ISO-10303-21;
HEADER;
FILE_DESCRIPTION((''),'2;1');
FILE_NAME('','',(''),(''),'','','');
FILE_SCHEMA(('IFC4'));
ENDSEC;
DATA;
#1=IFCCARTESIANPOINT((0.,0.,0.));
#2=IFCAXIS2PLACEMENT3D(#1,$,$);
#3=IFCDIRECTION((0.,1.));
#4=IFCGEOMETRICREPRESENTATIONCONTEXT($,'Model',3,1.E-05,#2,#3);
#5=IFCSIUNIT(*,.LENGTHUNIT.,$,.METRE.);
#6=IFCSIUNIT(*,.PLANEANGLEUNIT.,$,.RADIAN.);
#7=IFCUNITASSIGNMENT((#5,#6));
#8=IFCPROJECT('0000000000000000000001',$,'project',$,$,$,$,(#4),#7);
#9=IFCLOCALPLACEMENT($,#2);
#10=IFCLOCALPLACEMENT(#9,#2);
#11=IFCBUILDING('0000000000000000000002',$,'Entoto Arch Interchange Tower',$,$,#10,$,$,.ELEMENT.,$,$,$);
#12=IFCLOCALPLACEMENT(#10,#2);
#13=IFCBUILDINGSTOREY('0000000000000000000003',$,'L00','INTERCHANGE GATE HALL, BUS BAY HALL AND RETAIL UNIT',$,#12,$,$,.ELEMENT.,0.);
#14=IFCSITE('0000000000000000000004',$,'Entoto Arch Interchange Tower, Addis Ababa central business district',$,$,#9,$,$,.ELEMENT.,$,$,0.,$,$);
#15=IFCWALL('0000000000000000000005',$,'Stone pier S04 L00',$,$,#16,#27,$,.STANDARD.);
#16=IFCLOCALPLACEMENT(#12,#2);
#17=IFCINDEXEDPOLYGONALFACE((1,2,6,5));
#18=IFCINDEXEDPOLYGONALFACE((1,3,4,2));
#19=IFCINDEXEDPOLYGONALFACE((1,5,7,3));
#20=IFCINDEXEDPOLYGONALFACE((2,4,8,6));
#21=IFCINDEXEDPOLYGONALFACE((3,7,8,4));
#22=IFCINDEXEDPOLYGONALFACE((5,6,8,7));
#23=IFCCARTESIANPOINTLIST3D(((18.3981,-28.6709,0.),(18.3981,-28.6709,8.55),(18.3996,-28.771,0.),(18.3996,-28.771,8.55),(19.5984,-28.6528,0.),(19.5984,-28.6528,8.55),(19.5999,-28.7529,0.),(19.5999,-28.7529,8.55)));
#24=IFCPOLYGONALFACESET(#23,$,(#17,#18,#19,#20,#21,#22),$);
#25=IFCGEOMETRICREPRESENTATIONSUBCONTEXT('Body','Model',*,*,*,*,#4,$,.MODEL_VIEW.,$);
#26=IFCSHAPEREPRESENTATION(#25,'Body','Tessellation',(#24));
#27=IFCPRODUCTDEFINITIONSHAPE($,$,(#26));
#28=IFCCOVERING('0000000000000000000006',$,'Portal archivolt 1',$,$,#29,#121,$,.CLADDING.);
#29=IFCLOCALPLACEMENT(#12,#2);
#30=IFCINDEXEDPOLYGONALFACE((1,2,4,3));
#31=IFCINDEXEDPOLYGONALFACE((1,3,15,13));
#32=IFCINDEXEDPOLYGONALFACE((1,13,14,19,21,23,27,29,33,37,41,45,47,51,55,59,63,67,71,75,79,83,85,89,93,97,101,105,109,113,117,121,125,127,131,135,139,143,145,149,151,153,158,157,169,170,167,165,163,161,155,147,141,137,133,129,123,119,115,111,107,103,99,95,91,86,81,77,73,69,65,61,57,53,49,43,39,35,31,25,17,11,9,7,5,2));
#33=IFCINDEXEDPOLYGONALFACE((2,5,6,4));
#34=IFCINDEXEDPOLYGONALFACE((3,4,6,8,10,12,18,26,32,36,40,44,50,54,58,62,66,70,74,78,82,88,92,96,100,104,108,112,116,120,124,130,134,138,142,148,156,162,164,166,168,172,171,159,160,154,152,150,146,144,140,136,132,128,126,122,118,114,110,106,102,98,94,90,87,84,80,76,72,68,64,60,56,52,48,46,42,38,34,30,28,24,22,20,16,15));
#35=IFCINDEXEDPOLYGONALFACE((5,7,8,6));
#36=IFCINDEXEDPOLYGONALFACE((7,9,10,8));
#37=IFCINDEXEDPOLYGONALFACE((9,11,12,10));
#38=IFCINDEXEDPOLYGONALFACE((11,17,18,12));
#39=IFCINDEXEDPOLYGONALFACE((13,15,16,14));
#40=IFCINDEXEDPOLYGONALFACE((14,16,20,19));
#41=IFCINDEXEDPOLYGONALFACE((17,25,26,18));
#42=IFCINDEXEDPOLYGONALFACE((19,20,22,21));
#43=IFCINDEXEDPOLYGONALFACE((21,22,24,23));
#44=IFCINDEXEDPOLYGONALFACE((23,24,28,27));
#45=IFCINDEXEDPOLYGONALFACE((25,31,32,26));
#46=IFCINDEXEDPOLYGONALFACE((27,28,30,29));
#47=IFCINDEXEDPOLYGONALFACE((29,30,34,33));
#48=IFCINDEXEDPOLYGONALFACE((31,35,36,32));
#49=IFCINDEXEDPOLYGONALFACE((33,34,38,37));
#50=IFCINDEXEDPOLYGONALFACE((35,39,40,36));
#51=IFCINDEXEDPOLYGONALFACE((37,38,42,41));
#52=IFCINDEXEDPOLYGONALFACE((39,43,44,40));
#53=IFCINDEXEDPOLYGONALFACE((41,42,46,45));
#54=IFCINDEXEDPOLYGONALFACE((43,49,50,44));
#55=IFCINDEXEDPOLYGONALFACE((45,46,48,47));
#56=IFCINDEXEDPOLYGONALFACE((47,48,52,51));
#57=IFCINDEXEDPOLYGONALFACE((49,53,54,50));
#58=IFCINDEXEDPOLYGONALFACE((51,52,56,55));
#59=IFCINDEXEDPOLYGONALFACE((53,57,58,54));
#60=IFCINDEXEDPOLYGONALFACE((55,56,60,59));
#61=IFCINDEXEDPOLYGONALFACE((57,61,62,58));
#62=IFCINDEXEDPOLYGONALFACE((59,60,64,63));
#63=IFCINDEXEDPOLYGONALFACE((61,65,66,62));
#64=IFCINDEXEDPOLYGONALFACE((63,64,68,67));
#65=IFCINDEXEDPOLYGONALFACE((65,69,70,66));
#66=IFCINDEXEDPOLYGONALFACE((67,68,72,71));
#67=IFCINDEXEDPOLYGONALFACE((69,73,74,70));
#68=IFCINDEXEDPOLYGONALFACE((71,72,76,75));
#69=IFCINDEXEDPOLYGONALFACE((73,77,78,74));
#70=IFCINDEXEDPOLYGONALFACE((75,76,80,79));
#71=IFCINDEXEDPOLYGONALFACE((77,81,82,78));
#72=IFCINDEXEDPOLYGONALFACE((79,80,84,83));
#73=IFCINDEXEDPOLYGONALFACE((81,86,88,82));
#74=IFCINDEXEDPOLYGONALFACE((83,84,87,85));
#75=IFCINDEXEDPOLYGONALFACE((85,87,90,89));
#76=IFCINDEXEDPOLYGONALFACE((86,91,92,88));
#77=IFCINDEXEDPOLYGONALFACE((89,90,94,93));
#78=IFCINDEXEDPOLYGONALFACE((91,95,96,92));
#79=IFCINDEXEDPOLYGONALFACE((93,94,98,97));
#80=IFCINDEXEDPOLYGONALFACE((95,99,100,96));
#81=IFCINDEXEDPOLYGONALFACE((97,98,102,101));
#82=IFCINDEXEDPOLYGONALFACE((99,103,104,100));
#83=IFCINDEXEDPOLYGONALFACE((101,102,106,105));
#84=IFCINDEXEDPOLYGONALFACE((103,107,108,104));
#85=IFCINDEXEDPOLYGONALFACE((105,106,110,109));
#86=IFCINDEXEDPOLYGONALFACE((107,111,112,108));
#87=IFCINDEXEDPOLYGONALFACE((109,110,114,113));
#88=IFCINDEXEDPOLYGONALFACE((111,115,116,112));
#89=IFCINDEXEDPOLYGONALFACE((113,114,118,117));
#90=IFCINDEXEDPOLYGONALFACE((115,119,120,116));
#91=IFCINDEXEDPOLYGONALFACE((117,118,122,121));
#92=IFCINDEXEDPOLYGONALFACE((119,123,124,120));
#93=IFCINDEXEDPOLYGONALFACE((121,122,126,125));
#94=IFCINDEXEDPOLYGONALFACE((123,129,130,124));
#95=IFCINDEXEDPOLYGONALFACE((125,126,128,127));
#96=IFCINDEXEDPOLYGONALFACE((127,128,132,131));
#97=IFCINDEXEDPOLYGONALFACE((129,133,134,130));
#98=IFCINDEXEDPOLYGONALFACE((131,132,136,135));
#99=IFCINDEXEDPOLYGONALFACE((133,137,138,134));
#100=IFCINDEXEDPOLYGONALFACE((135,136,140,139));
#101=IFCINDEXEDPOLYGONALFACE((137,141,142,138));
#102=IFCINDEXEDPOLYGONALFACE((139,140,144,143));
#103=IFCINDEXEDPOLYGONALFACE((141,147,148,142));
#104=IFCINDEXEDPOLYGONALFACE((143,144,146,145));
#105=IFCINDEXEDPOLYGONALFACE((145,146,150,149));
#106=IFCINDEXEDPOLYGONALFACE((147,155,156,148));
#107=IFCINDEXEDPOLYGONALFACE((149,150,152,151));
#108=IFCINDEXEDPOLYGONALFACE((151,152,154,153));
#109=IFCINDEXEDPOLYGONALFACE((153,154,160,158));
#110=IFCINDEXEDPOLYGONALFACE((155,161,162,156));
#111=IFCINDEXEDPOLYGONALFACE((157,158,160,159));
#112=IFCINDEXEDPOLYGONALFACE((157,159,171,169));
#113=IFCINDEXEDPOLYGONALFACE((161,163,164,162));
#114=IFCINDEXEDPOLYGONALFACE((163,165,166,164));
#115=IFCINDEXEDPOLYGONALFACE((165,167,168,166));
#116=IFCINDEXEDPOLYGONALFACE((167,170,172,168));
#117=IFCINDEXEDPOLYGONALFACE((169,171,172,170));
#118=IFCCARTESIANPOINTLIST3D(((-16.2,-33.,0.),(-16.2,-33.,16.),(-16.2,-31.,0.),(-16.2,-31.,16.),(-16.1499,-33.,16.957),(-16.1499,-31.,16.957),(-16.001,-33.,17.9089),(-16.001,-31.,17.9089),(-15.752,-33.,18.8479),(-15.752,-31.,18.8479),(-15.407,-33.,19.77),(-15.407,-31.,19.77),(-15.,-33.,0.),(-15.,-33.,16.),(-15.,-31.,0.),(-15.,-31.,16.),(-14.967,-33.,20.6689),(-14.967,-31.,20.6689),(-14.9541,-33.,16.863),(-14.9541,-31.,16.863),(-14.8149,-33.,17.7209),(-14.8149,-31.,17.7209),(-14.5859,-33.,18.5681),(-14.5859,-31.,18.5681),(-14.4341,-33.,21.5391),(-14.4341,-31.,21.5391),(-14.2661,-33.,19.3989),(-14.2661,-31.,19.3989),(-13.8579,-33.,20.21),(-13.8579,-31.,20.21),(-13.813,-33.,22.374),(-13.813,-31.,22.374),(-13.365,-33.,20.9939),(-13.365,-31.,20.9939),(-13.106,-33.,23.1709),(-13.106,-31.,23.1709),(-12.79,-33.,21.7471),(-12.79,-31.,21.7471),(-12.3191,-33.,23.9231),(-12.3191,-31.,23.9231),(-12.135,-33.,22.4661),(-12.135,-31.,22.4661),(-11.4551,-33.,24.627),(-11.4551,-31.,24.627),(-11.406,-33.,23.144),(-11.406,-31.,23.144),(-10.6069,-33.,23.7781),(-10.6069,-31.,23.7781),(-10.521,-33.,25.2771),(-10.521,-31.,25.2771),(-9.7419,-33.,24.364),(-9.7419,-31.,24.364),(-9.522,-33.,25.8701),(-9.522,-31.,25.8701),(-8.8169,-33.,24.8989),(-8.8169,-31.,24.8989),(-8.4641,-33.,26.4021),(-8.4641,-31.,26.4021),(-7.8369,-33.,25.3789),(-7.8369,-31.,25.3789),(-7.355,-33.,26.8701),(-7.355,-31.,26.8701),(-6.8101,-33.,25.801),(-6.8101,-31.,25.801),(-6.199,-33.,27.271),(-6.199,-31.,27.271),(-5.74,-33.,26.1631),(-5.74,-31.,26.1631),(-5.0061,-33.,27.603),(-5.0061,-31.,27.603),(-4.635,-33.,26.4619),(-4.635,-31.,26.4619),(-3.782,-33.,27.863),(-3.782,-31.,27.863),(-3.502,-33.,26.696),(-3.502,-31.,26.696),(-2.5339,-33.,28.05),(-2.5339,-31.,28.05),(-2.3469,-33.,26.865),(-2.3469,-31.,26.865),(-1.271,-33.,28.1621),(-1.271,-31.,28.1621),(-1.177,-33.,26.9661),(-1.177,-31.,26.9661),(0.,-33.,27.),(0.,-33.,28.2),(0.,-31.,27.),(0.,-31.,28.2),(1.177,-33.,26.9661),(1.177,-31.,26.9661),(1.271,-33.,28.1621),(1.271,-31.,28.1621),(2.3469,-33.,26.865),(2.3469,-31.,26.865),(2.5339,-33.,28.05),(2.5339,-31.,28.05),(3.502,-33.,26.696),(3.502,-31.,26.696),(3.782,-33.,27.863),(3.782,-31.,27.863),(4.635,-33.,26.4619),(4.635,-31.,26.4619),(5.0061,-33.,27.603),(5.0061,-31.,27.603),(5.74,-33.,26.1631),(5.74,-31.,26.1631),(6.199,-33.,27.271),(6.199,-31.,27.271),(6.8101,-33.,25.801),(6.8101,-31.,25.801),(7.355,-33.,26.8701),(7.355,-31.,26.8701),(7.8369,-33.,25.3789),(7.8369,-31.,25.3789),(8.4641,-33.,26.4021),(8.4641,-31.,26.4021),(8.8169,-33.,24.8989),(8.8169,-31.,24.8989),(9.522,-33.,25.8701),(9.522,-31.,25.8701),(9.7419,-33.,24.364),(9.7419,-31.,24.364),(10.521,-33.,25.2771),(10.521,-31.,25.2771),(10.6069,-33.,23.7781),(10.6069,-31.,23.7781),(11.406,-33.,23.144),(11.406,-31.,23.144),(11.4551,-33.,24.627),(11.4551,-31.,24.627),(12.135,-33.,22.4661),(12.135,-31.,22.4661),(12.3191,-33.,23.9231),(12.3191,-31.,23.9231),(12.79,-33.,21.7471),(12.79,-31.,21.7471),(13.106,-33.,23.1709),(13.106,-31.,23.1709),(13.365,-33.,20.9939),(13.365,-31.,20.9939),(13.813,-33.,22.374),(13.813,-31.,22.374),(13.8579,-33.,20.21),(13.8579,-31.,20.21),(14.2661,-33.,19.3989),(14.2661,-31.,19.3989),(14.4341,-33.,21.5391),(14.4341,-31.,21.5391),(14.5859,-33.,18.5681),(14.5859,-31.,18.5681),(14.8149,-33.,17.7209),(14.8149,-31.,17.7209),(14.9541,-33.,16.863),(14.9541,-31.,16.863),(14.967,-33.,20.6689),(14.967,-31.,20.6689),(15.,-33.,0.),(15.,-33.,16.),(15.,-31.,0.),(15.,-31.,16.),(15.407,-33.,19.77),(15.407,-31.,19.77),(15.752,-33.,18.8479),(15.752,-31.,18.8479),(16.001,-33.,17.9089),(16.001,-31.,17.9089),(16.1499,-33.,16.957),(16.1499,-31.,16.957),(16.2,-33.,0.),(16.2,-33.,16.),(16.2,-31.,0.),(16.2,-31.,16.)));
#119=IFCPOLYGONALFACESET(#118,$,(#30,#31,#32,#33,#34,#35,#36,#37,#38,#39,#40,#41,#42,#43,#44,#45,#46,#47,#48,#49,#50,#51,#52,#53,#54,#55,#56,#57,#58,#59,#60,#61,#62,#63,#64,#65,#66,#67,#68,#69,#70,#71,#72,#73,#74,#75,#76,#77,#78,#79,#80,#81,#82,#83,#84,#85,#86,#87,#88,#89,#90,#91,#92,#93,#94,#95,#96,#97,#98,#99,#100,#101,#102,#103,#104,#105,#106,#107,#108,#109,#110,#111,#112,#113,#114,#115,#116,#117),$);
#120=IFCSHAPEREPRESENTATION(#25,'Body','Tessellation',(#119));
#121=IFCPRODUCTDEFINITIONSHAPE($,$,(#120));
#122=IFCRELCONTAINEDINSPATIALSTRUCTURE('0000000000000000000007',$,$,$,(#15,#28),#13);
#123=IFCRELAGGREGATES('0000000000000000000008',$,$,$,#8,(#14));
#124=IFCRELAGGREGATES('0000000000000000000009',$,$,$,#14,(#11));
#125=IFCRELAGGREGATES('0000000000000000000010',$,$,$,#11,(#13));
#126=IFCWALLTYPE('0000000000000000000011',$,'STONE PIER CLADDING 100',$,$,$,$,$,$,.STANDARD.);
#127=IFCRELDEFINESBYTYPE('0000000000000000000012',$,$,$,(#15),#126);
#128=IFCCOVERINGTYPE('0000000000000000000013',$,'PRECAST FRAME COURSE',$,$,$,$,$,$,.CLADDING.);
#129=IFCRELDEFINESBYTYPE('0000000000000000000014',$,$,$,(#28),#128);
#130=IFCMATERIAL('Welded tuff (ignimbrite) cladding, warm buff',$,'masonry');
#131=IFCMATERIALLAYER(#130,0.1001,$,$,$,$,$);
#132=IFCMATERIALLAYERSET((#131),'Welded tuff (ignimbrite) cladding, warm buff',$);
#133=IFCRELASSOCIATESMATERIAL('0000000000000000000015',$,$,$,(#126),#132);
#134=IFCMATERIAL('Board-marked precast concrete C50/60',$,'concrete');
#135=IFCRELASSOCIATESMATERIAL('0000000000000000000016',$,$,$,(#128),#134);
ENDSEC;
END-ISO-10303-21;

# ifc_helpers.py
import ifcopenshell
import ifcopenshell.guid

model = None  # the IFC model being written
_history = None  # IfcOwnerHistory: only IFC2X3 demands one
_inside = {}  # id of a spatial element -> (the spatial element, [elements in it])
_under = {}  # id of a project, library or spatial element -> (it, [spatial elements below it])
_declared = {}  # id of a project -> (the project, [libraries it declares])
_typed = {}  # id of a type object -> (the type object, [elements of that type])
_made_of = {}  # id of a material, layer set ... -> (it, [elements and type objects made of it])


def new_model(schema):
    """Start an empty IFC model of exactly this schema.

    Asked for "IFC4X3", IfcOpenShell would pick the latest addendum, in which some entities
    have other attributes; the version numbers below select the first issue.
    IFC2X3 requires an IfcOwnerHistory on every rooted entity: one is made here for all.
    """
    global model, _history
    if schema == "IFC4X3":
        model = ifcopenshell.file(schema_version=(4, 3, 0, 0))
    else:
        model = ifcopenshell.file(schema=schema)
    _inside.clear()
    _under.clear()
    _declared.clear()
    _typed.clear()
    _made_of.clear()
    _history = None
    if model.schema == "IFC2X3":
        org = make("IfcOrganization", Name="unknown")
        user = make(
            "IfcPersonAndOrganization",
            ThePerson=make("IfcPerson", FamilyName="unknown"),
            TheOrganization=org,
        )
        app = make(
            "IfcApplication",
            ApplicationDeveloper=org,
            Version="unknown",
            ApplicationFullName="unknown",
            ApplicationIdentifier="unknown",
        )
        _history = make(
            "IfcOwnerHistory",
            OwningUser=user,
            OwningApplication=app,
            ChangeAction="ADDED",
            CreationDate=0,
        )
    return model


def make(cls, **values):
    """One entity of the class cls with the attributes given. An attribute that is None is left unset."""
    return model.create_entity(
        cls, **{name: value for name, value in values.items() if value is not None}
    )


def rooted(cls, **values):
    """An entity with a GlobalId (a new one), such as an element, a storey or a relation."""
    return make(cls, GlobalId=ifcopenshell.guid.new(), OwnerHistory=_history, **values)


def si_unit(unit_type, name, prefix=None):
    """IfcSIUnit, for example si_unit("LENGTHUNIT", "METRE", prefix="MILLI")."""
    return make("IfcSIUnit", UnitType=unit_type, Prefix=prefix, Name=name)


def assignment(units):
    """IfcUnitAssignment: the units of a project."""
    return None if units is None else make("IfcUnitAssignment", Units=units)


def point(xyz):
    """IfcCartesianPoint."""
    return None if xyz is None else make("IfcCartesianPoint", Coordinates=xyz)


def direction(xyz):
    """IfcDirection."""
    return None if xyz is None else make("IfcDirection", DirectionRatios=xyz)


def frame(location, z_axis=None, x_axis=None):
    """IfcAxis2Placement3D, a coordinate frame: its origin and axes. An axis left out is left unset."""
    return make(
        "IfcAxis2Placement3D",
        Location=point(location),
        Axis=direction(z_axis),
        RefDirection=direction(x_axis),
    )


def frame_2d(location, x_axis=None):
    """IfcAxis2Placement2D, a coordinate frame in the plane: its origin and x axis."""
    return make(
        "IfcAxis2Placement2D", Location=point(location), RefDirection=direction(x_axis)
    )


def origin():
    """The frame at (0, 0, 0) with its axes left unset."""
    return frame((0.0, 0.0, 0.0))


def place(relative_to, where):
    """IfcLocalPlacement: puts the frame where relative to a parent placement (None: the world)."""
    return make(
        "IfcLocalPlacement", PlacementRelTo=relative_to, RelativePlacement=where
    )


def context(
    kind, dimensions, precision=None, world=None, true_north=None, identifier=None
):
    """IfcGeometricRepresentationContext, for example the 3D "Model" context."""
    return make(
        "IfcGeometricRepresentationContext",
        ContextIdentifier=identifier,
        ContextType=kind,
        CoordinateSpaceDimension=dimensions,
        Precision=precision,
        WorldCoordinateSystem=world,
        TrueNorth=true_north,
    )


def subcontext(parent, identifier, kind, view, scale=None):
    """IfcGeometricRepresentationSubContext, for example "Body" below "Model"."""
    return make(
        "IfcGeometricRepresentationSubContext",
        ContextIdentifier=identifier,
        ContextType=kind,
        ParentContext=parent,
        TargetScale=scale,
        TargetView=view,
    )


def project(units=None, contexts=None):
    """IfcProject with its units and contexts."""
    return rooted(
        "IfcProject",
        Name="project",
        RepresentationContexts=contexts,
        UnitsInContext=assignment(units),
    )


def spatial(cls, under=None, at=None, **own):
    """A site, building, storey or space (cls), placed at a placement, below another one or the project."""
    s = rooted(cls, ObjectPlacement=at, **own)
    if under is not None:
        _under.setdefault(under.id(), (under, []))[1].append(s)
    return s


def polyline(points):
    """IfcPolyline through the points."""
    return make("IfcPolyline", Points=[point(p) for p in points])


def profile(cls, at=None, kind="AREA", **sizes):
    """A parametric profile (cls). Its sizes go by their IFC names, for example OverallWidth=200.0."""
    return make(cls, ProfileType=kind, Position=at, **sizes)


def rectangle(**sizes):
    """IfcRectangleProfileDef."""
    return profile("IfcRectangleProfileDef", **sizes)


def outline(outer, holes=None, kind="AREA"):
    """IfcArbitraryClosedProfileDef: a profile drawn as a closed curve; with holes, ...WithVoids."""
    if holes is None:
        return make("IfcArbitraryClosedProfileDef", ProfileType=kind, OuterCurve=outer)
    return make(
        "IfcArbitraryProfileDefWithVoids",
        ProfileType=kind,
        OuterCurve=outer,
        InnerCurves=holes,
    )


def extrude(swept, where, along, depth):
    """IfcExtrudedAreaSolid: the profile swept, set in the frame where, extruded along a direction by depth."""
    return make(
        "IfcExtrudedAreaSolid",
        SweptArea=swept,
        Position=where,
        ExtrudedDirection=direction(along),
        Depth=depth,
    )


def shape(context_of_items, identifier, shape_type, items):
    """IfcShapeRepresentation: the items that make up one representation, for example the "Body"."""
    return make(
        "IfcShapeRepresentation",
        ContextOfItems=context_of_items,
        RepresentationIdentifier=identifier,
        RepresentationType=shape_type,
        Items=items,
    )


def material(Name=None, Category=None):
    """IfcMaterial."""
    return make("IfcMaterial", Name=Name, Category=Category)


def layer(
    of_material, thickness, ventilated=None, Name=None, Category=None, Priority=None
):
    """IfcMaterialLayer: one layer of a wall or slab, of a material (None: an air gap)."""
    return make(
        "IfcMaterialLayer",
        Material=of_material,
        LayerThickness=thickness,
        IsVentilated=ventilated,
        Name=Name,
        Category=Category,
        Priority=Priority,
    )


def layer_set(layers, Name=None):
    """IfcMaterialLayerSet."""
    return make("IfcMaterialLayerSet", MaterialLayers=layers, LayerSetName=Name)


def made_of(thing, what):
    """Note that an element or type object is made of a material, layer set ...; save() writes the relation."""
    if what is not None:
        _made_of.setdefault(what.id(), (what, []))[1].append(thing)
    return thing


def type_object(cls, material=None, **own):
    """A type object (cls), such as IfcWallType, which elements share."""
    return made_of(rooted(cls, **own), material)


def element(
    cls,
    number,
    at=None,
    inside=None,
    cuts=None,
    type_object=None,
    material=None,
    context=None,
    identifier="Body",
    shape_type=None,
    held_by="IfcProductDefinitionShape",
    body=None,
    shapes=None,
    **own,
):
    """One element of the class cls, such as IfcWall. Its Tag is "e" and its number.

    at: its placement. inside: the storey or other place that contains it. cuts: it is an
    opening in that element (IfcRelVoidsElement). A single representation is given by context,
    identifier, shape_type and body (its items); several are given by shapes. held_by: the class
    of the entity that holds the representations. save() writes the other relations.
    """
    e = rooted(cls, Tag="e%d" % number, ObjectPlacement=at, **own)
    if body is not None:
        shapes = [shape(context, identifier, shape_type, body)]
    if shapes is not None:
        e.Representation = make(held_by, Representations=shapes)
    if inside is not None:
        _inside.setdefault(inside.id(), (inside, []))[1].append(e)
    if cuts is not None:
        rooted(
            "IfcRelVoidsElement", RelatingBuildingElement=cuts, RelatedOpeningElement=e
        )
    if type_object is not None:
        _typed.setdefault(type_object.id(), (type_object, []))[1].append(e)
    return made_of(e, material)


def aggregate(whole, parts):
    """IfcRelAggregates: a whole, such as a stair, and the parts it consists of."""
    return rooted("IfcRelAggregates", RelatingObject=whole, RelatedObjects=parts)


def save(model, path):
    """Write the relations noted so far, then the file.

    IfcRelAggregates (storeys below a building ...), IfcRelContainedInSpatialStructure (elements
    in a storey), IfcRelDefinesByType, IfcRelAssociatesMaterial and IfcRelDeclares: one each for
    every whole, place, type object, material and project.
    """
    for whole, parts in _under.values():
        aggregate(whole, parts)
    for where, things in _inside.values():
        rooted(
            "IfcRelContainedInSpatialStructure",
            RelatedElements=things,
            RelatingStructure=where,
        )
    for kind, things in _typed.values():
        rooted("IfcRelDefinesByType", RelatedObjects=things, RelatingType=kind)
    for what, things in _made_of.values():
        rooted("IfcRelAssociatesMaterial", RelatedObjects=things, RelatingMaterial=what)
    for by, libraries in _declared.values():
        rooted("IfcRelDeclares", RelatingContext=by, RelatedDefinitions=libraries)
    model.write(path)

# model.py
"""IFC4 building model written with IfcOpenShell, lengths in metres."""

from ifc_helpers import new_model, si_unit, direction, frame, frame_2d, origin, place, context, subcontext, project, spatial, polyline, rectangle, outline, extrude, material, layer, layer_set, type_object, element, save


model = new_model("IFC4")

# Units and contexts
model_context = context("Model", 3, precision=1e-05, world=origin(), true_north=direction((0.0, 1.0)))
body_context = subcontext(model_context, "Body", "Model", "MODEL_VIEW")
ifc_project = project(units=[si_unit("LENGTHUNIT", "METRE"), si_unit("PLANEANGLEUNIT", "RADIAN")], contexts=[model_context])

# Site, building, storey
site_placement = place(None, origin())
site = spatial("IfcSite", under=ifc_project, at=site_placement, Name="Entoto Arch Interchange Tower, Addis Ababa central business district", CompositionType="ELEMENT", RefElevation=0.0)
building_placement = place(site_placement, origin())
building = spatial("IfcBuilding", under=site, at=building_placement, Name="Entoto Arch Interchange Tower", CompositionType="ELEMENT")
storey_placement = place(building_placement, origin())
storey = spatial("IfcBuildingStorey", under=building, at=storey_placement, Name="L00", Description="INTERCHANGE GATE HALL, BUS BAY HALL AND RETAIL UNIT", CompositionType="ELEMENT", Elevation=0.0)

# Wall
ifc_material_1 = material(Name="Welded tuff (ignimbrite) cladding, warm buff", Category="masonry")
ifc_layer_1 = layer(ifc_material_1, 0.1001)
ifc_layer_set_1 = layer_set([ifc_layer_1], Name="Welded tuff (ignimbrite) cladding, warm buff")
wall_type_1 = type_object("IfcWallType", Name="STONE PIER CLADDING 100", PredefinedType="STANDARD", material=ifc_layer_set_1)
wall_1_placement = place(storey_placement, frame((18.3989, -28.7209, 0.0), z_axis=(0.0, 0.0, 1.0), x_axis=(0.999887, 0.015051, 0.0)))
element("IfcWall", 1, at=wall_1_placement, inside=storey, type_object=wall_type_1, Name="Stone pier S04 L00", PredefinedType="STANDARD", context=body_context, shape_type="SweptSolid", body=[
    extrude(rectangle(XDim=1.2004, YDim=0.1001, at=frame_2d((0.6001, 0.0))), origin(), (0.0, 0.0, 1.0), 8.55),
])

# Covering
ifc_material_2 = material(Name="Board-marked precast concrete C50/60", Category="concrete")
covering_type_1 = type_object("IfcCoveringType", Name="PRECAST FRAME COURSE", PredefinedType="CLADDING", material=ifc_material_2)
covering_1_placement = place(storey_placement, frame((15.0, -31.0, 0.0), z_axis=(0.0, 1.0, 0.0), x_axis=(0.0, 0.0, 1.0)))
element("IfcCovering", 2, at=covering_1_placement, inside=storey, type_object=covering_type_1, Name="Portal archivolt 1", PredefinedType="CLADDING", context=body_context, shape_type="SweptSolid", body=[
    extrude(outline(polyline([(0.0, 0.0), (16.0, 0.0), (16.863, -0.0459), (17.7209, -0.1851), (18.5681, -0.4141), (19.3989, -0.7339), (20.21, -1.1421), (20.9939, -1.635), (21.7471, -2.21), (22.4661, -2.865), (23.144, -3.594), (23.7781, -4.3931), (24.364, -5.2581), (24.8989, -6.1831), (25.3789, -7.1631), (25.801, -8.1899), (26.1631, -9.26), (26.4619, -10.365), (26.696, -11.498), (26.865, -12.6531), (26.9661, -13.823), (27.0, -15.0), (26.9661, -16.177), (26.865, -17.3469), (26.696, -18.502), (26.4619, -19.635), (26.1631, -20.74), (25.801, -21.8101), (25.3789, -22.8369), (24.8989, -23.8169), (24.364, -24.7419), (23.7781, -25.6069), (23.144, -26.406), (22.4661, -27.135), (21.7471, -27.79), (20.9939, -28.365), (20.21, -28.8579), (19.3989, -29.2661), (18.5681, -29.5859), (17.7209, -29.8149), (16.863, -29.9541), (16.0, -30.0), (0.0, -30.0), (0.0, -31.2), (16.0, -31.2), (16.957, -31.1499), (17.9089, -31.001), (18.8479, -30.752), (19.77, -30.407), (20.6689, -29.967), (21.5391, -29.4341), (22.374, -28.813), (23.1709, -28.106), (23.9231, -27.3191), (24.627, -26.4551), (25.2771, -25.521), (25.8701, -24.522), (26.4021, -23.4641), (26.8701, -22.355), (27.271, -21.199), (27.603, -20.0061), (27.863, -18.782), (28.05, -17.5339), (28.1621, -16.271), (28.2, -15.0), (28.1621, -13.729), (28.05, -12.4661), (27.863, -11.218), (27.603, -9.9939), (27.271, -8.801), (26.8701, -7.645), (26.4021, -6.5359), (25.8701, -5.478), (25.2771, -4.479), (24.627, -3.5449), (23.9231, -2.6809), (23.1709, -1.894), (22.374, -1.187), (21.5391, -0.5659), (20.6689, -0.033), (19.77, 0.407), (18.8479, 0.752), (17.9089, 1.001), (16.957, 1.1499), (16.0, 1.2), (0.0, 1.2), (0.0, 0.0)])), origin(), (0.0, 0.0, -1.0), 2.0),
])

save(model, "model.ifc")
